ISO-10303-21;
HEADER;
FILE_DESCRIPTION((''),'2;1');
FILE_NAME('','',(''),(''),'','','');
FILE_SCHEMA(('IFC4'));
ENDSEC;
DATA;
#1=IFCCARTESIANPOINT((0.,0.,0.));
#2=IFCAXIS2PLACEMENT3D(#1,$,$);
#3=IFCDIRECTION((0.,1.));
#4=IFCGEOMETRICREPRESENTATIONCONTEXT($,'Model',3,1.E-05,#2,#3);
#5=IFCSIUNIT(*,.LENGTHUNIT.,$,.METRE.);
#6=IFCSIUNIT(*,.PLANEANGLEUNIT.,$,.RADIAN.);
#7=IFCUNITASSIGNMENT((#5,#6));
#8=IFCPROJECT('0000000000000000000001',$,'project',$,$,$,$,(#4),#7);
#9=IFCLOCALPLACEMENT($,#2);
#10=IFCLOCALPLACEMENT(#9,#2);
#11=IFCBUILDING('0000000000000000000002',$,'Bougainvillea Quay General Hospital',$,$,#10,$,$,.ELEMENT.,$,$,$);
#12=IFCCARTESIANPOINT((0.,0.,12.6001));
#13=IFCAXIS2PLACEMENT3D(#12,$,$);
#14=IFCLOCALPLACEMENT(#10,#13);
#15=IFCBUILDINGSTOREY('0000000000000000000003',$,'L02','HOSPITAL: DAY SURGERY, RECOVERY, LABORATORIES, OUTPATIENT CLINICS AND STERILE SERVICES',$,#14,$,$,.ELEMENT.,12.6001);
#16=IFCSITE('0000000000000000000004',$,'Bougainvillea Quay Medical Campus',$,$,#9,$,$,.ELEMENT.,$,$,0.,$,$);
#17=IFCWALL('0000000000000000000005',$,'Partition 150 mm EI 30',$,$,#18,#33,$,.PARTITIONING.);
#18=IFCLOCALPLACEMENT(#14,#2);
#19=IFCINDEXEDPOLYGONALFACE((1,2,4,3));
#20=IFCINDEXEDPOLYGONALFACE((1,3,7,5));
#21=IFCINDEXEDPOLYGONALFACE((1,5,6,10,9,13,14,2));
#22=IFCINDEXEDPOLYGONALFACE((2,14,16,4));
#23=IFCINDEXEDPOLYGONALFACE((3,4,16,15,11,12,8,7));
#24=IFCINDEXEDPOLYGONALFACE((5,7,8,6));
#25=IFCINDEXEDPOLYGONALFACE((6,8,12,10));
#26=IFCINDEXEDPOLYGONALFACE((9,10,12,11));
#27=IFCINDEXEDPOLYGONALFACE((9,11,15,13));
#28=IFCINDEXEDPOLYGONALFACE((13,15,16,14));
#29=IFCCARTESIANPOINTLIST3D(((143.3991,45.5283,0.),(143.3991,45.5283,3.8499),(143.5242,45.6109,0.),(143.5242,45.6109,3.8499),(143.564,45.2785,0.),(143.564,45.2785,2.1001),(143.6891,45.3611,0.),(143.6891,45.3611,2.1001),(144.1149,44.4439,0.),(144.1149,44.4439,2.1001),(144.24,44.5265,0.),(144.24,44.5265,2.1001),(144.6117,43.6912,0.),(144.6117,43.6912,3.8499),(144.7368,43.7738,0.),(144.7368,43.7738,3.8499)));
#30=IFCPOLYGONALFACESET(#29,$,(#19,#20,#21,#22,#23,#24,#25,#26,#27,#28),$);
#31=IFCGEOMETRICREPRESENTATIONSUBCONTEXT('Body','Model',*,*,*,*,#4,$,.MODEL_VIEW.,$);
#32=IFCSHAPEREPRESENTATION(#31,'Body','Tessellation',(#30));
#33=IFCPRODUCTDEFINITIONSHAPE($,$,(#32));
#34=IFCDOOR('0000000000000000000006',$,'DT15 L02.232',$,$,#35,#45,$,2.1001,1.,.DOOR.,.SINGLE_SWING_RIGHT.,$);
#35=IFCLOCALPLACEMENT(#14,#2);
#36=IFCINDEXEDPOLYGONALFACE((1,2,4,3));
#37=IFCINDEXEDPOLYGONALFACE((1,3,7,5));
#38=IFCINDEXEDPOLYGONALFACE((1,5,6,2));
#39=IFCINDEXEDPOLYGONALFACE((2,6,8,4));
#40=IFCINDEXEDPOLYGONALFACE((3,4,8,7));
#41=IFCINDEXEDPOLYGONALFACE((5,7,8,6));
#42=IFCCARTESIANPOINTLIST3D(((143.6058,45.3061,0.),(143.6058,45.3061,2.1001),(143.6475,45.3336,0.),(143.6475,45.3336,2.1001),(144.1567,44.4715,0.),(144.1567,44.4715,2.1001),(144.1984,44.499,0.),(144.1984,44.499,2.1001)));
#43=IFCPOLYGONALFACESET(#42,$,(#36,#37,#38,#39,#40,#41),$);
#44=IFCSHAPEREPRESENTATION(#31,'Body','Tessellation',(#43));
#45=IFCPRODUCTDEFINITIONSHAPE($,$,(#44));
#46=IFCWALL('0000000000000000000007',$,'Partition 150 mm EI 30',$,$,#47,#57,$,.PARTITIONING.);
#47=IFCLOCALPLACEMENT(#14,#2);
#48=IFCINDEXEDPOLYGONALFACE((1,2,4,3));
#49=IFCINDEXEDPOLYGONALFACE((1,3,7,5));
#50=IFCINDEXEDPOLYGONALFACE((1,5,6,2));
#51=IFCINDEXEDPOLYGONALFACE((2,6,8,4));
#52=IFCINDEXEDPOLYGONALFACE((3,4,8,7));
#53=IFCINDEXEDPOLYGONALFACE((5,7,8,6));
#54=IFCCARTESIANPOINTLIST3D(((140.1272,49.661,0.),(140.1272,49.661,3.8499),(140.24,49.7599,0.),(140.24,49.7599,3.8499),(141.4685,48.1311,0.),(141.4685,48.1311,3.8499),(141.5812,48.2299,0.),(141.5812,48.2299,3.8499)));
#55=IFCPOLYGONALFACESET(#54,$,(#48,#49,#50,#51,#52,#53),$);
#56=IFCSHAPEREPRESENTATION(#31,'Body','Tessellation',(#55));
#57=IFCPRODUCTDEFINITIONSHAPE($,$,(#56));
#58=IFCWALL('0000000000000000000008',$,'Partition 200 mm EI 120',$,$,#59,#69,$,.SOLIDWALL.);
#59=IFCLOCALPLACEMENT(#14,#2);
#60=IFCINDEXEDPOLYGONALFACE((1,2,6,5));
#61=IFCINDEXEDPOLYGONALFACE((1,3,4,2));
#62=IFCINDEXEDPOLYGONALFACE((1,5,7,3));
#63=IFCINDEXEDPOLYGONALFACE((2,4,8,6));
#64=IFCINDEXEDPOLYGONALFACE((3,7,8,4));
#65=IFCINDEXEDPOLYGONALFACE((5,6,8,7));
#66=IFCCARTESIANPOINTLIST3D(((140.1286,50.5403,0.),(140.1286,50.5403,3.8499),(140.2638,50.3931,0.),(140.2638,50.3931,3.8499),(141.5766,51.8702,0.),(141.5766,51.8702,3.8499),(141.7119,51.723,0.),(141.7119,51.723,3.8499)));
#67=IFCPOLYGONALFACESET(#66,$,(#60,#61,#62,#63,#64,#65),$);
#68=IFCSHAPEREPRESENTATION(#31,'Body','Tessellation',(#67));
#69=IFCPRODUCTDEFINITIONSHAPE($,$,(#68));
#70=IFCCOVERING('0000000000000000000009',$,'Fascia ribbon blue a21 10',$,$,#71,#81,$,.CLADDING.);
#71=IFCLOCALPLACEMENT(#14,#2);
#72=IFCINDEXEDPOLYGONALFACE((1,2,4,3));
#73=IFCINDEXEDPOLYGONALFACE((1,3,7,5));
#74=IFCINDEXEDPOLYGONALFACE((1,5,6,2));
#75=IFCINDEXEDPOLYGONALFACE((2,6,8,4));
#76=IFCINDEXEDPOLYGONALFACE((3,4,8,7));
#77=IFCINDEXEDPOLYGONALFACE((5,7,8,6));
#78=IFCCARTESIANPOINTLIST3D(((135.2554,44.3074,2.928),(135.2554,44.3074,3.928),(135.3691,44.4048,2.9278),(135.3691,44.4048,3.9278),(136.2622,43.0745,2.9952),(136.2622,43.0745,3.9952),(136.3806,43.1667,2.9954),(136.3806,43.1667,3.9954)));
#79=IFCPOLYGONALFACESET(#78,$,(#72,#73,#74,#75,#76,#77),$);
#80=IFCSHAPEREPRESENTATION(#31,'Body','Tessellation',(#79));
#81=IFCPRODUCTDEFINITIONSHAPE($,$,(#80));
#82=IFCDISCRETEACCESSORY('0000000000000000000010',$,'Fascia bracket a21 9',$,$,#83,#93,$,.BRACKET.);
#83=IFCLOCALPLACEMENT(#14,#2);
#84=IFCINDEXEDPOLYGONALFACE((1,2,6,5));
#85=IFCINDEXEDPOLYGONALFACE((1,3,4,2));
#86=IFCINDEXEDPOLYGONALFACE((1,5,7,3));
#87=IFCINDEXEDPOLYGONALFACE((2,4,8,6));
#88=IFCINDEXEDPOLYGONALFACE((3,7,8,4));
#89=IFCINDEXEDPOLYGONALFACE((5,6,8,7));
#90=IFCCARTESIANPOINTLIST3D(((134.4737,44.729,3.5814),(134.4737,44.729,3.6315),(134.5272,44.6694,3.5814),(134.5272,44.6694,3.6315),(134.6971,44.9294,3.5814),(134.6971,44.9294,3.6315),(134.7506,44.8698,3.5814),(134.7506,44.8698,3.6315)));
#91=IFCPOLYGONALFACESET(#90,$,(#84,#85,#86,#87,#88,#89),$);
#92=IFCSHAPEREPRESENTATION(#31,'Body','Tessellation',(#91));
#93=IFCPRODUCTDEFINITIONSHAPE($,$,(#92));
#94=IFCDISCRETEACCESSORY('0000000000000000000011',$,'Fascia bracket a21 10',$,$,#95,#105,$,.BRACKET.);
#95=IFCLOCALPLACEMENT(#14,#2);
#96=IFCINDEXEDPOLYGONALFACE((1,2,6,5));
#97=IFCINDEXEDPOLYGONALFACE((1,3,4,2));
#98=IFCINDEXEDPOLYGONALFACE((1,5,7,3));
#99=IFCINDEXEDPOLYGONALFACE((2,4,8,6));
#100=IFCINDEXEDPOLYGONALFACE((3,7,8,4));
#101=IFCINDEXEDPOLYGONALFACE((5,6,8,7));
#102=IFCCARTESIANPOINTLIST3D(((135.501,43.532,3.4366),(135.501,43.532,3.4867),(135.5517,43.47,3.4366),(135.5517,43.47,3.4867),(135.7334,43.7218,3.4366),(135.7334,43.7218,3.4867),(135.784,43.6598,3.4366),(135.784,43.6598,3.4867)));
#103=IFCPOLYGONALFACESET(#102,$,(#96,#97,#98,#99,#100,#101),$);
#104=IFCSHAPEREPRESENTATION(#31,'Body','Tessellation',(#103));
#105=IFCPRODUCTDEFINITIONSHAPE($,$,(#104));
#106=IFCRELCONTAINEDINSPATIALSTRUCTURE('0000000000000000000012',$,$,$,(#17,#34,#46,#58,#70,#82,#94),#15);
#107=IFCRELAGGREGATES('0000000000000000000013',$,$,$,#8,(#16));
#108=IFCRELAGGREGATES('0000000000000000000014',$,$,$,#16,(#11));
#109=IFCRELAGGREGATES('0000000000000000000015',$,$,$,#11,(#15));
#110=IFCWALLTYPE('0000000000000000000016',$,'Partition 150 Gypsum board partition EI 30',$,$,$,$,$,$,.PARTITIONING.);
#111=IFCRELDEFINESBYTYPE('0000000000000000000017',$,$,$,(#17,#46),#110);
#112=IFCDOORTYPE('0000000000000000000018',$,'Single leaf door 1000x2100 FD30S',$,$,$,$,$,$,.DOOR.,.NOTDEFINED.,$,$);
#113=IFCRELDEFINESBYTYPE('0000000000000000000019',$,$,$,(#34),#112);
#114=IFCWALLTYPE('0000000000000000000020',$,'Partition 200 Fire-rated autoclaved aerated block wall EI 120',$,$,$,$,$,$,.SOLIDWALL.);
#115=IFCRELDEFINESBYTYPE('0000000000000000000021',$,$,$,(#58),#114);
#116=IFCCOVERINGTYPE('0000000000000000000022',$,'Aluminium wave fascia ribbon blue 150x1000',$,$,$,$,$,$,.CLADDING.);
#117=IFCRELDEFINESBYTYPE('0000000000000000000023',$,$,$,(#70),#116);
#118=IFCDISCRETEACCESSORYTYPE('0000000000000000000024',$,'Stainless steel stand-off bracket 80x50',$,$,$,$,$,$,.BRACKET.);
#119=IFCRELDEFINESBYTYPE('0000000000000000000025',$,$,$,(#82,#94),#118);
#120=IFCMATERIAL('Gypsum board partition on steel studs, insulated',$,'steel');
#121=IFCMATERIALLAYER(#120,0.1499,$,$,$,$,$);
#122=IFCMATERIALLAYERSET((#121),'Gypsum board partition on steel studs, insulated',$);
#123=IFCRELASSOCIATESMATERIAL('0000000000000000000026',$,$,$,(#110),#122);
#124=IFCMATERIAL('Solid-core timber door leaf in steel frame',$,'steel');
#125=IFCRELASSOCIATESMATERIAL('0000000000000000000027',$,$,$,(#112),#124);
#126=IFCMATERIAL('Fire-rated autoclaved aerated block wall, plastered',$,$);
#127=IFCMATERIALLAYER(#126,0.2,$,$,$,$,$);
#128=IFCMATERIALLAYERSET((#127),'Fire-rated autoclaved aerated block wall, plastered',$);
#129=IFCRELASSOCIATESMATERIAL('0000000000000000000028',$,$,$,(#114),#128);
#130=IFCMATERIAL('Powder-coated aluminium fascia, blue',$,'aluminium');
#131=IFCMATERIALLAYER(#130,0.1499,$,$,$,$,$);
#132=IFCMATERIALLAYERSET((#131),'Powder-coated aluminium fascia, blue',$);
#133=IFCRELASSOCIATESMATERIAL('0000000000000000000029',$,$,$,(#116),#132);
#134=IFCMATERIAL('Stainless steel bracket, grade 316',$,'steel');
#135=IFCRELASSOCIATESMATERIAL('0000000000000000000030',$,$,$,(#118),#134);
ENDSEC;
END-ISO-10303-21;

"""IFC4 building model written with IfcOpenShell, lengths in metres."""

from ifc_helpers import new_model, si_unit, direction, frame, frame_2d, origin, origin_2d, place, context, subcontext, project, spatial, polyline, rectangle, outline, extrude, material, layer, layer_set, material_profile, profile_set, type_object, element, fill, save


model = new_model("IFC4")

# Units and contexts
model_context = context("Model", 3, precision=1e-05, world=origin(), true_north=direction((0.0, 1.0)))
body_context = subcontext(model_context, "Body", "Model", "MODEL_VIEW")
ifc_project = project(units=[si_unit("LENGTHUNIT", "METRE"), si_unit("PLANEANGLEUNIT", "RADIAN")], contexts=[model_context])

# Site, building, storey
site_placement = place(None, origin())
site = spatial("IfcSite", under=ifc_project, at=site_placement, Name="Bougainvillea Quay Medical Campus", CompositionType="ELEMENT", RefElevation=0.0)
building_placement = place(site_placement, origin())
building = spatial("IfcBuilding", under=site, at=building_placement, Name="Bougainvillea Quay General Hospital", CompositionType="ELEMENT")
storey_placement = place(building_placement, frame((0.0, 0.0, 12.6001)))
storey = spatial("IfcBuildingStorey", under=building, at=storey_placement, Name="L02", Description="HOSPITAL: DAY SURGERY, RECOVERY, LABORATORIES, OUTPATIENT CLINICS AND STERILE SERVICES", CompositionType="ELEMENT", Elevation=12.6001)

# Shared definitions
ifc_material_1 = material(Name="Gypsum board partition on steel studs, insulated", Category="steel")
ifc_layer_1 = layer(ifc_material_1, 0.1499)
ifc_layer_set_1 = layer_set([ifc_layer_1], Name="Gypsum board partition on steel studs, insulated")
wall_type_1 = type_object("IfcWallType", Name="Partition 150 Gypsum board partition EI 30", PredefinedType="PARTITIONING", material=ifc_layer_set_1)

# Wall, opening, door
ifc_material_2 = material(Name="Solid-core timber door leaf in steel frame", Category="steel")
door_type = type_object("IfcDoorType", Name="Single leaf door 1000x2100 FD30S", OperationType="NOTDEFINED", PredefinedType="DOOR", material=ifc_material_2)
wall_1_placement = place(storey_placement, frame((143.4617, 45.5696, 0.0), z_axis=(0.0, 0.0, 1.0), x_axis=(0.550881, -0.834584, 0.0)))
wall_1 = element("IfcWall", 1, at=wall_1_placement, inside=storey, type_object=wall_type_1, Name="Partition 150 mm EI 30", PredefinedType="PARTITIONING", context=body_context, shape_type="SweptSolid", body=[
    extrude(rectangle(XDim=2.2012, YDim=0.1499, at=frame_2d((1.1006, 0.0))), origin(), (0.0, 0.0, 1.0), 3.8499),
])
opening_1_placement = place(wall_1_placement, frame((0.2993, 0.0, 0.0)))
opening_1 = element("IfcOpeningElement", 2, at=opening_1_placement, cuts=wall_1, PredefinedType="OPENING", context=body_context, shape_type="SweptSolid", body=[
    extrude(rectangle(XDim=1.0, YDim=2.1001, at=frame_2d((0.5, 1.05))), frame((0.0, 0.085, 0.0), z_axis=(0.0, -1.0, 0.0), x_axis=(1.0, 0.0, 0.0)), (0.0, 0.0, 1.0), 0.1699),
])
door_1_placement = place(opening_1_placement, frame((1.0, 0.0, 0.0), z_axis=(0.0, 0.0, 1.0), x_axis=(-1.0, 0.0, 0.0)))
door_1 = element("IfcDoor", 3, at=door_1_placement, inside=storey, type_object=door_type, Name="DT15 L02.232", OperationType="SINGLE_SWING_RIGHT", OverallHeight=2.1001, OverallWidth=1.0, PredefinedType="DOOR", context=body_context, shape_type="SweptSolid", body=[
    extrude(rectangle(XDim=1.0, YDim=2.1001, at=frame_2d((0.5, 1.05))), frame((0.0, 0.0249, 0.0), z_axis=(0.0, -1.0, 0.0), x_axis=(1.0, 0.0, 0.0)), (0.0, 0.0, 1.0), 0.05),
])
fill(opening_1, door_1)

# Walls
wall_2_placement = place(storey_placement, frame((140.1836, 49.7104, 0.0), z_axis=(0.0, 0.0, 1.0), x_axis=(0.659209, -0.751959, 0.0)))
element("IfcWall", 4, at=wall_2_placement, inside=storey, type_object=wall_type_1, Name="Partition 150 mm EI 30", PredefinedType="PARTITIONING", context=body_context, shape_type="SweptSolid", body=[
    extrude(rectangle(XDim=2.0347, YDim=0.1499, at=frame_2d((1.0173, 0.0))), origin(), (0.0, 0.0, 1.0), 3.8499),
])
ifc_material_3 = material(Name="Fire-rated autoclaved aerated block wall, plastered")
ifc_layer_2 = layer(ifc_material_3, 0.2)
ifc_layer_set_2 = layer_set([ifc_layer_2], Name="Fire-rated autoclaved aerated block wall, plastered")
wall_type_2 = type_object("IfcWallType", Name="Partition 200 Fire-rated autoclaved aerated block wall EI 120", PredefinedType="SOLIDWALL", material=ifc_layer_set_2)
wall_3_placement = place(storey_placement, frame((140.1963, 50.4668, 0.0), z_axis=(0.0, 0.0, 1.0), x_axis=(0.73652, 0.676416, 0.0)))
element("IfcWall", 5, at=wall_3_placement, inside=storey, type_object=wall_type_2, Name="Partition 200 mm EI 120", PredefinedType="SOLIDWALL", context=body_context, shape_type="SweptSolid", body=[
    extrude(rectangle(XDim=1.9661, YDim=0.2, at=frame_2d((0.9829, 0.0))), origin(), (0.0, 0.0, 1.0), 3.8499),
])

# Covering
ifc_material_4 = material(Name="Powder-coated aluminium fascia, blue", Category="aluminium")
ifc_layer_3 = layer(ifc_material_4, 0.1499)
ifc_layer_set_3 = layer_set([ifc_layer_3], Name="Powder-coated aluminium fascia, blue")
covering_type = type_object("IfcCoveringType", Name="Aluminium wave fascia ribbon blue 150x1000", PredefinedType="CLADDING", material=ifc_layer_set_3)
covering_placement = place(storey_placement, frame((135.2554, 44.3074, 2.928), z_axis=(-0.026702, 0.032681, 0.999109), x_axis=(0.631956, -0.773855, 0.042202)))
element("IfcCovering", 6, at=covering_placement, inside=storey, type_object=covering_type, Name="Fascia ribbon blue a21 10", PredefinedType="CLADDING", context=body_context, shape_type="SweptSolid", body=[
    extrude(outline(polyline([(0.0, 0.0), (1.5932, 0.0), (1.5966, 0.1501), (-0.0035, 0.1497), (0.0, 0.0)])), origin(), (0.042202, 0.00001, 0.999109), 1.0),
])

# Discrete accessories
ifc_material_5 = material(Name="Stainless steel bracket, grade 316", Category="steel")
ifc_material_profile_1 = material_profile(ifc_material_5, rectangle(XDim=0.0801, YDim=0.05, at=origin_2d()))
ifc_profile_set_1 = profile_set([ifc_material_profile_1], Name="Stainless steel bracket, grade 316")
discrete_accessory_type = type_object("IfcDiscreteAccessoryType", Name="Stainless steel stand-off bracket 80x50", PredefinedType="BRACKET", material=ifc_profile_set_1)
for number, where, z_axis, x_axis, name in (
    (7, (134.5005, 44.6992, 3.6064), (0.744304, 0.66784, 0.0), (-0.66784, 0.744304, 0.0), "Fascia bracket a21 9"),
    (8, (135.5264, 43.501, 3.4617), (0.77432, 0.632795, 0.0), (-0.632795, 0.77432, 0.0), "Fascia bracket a21 10"),
):
    element("IfcDiscreteAccessory", number, at=place(storey_placement, frame(where, z_axis=z_axis, x_axis=x_axis)), inside=storey, type_object=discrete_accessory_type, Name=name, PredefinedType="BRACKET", context=body_context, shape_type="SweptSolid", body=[
        extrude(rectangle(XDim=0.0801, YDim=0.05, at=origin_2d()), origin(), (0.0, 0.0, 1.0), 0.3),
    ])

save(model, "model.ifc")
